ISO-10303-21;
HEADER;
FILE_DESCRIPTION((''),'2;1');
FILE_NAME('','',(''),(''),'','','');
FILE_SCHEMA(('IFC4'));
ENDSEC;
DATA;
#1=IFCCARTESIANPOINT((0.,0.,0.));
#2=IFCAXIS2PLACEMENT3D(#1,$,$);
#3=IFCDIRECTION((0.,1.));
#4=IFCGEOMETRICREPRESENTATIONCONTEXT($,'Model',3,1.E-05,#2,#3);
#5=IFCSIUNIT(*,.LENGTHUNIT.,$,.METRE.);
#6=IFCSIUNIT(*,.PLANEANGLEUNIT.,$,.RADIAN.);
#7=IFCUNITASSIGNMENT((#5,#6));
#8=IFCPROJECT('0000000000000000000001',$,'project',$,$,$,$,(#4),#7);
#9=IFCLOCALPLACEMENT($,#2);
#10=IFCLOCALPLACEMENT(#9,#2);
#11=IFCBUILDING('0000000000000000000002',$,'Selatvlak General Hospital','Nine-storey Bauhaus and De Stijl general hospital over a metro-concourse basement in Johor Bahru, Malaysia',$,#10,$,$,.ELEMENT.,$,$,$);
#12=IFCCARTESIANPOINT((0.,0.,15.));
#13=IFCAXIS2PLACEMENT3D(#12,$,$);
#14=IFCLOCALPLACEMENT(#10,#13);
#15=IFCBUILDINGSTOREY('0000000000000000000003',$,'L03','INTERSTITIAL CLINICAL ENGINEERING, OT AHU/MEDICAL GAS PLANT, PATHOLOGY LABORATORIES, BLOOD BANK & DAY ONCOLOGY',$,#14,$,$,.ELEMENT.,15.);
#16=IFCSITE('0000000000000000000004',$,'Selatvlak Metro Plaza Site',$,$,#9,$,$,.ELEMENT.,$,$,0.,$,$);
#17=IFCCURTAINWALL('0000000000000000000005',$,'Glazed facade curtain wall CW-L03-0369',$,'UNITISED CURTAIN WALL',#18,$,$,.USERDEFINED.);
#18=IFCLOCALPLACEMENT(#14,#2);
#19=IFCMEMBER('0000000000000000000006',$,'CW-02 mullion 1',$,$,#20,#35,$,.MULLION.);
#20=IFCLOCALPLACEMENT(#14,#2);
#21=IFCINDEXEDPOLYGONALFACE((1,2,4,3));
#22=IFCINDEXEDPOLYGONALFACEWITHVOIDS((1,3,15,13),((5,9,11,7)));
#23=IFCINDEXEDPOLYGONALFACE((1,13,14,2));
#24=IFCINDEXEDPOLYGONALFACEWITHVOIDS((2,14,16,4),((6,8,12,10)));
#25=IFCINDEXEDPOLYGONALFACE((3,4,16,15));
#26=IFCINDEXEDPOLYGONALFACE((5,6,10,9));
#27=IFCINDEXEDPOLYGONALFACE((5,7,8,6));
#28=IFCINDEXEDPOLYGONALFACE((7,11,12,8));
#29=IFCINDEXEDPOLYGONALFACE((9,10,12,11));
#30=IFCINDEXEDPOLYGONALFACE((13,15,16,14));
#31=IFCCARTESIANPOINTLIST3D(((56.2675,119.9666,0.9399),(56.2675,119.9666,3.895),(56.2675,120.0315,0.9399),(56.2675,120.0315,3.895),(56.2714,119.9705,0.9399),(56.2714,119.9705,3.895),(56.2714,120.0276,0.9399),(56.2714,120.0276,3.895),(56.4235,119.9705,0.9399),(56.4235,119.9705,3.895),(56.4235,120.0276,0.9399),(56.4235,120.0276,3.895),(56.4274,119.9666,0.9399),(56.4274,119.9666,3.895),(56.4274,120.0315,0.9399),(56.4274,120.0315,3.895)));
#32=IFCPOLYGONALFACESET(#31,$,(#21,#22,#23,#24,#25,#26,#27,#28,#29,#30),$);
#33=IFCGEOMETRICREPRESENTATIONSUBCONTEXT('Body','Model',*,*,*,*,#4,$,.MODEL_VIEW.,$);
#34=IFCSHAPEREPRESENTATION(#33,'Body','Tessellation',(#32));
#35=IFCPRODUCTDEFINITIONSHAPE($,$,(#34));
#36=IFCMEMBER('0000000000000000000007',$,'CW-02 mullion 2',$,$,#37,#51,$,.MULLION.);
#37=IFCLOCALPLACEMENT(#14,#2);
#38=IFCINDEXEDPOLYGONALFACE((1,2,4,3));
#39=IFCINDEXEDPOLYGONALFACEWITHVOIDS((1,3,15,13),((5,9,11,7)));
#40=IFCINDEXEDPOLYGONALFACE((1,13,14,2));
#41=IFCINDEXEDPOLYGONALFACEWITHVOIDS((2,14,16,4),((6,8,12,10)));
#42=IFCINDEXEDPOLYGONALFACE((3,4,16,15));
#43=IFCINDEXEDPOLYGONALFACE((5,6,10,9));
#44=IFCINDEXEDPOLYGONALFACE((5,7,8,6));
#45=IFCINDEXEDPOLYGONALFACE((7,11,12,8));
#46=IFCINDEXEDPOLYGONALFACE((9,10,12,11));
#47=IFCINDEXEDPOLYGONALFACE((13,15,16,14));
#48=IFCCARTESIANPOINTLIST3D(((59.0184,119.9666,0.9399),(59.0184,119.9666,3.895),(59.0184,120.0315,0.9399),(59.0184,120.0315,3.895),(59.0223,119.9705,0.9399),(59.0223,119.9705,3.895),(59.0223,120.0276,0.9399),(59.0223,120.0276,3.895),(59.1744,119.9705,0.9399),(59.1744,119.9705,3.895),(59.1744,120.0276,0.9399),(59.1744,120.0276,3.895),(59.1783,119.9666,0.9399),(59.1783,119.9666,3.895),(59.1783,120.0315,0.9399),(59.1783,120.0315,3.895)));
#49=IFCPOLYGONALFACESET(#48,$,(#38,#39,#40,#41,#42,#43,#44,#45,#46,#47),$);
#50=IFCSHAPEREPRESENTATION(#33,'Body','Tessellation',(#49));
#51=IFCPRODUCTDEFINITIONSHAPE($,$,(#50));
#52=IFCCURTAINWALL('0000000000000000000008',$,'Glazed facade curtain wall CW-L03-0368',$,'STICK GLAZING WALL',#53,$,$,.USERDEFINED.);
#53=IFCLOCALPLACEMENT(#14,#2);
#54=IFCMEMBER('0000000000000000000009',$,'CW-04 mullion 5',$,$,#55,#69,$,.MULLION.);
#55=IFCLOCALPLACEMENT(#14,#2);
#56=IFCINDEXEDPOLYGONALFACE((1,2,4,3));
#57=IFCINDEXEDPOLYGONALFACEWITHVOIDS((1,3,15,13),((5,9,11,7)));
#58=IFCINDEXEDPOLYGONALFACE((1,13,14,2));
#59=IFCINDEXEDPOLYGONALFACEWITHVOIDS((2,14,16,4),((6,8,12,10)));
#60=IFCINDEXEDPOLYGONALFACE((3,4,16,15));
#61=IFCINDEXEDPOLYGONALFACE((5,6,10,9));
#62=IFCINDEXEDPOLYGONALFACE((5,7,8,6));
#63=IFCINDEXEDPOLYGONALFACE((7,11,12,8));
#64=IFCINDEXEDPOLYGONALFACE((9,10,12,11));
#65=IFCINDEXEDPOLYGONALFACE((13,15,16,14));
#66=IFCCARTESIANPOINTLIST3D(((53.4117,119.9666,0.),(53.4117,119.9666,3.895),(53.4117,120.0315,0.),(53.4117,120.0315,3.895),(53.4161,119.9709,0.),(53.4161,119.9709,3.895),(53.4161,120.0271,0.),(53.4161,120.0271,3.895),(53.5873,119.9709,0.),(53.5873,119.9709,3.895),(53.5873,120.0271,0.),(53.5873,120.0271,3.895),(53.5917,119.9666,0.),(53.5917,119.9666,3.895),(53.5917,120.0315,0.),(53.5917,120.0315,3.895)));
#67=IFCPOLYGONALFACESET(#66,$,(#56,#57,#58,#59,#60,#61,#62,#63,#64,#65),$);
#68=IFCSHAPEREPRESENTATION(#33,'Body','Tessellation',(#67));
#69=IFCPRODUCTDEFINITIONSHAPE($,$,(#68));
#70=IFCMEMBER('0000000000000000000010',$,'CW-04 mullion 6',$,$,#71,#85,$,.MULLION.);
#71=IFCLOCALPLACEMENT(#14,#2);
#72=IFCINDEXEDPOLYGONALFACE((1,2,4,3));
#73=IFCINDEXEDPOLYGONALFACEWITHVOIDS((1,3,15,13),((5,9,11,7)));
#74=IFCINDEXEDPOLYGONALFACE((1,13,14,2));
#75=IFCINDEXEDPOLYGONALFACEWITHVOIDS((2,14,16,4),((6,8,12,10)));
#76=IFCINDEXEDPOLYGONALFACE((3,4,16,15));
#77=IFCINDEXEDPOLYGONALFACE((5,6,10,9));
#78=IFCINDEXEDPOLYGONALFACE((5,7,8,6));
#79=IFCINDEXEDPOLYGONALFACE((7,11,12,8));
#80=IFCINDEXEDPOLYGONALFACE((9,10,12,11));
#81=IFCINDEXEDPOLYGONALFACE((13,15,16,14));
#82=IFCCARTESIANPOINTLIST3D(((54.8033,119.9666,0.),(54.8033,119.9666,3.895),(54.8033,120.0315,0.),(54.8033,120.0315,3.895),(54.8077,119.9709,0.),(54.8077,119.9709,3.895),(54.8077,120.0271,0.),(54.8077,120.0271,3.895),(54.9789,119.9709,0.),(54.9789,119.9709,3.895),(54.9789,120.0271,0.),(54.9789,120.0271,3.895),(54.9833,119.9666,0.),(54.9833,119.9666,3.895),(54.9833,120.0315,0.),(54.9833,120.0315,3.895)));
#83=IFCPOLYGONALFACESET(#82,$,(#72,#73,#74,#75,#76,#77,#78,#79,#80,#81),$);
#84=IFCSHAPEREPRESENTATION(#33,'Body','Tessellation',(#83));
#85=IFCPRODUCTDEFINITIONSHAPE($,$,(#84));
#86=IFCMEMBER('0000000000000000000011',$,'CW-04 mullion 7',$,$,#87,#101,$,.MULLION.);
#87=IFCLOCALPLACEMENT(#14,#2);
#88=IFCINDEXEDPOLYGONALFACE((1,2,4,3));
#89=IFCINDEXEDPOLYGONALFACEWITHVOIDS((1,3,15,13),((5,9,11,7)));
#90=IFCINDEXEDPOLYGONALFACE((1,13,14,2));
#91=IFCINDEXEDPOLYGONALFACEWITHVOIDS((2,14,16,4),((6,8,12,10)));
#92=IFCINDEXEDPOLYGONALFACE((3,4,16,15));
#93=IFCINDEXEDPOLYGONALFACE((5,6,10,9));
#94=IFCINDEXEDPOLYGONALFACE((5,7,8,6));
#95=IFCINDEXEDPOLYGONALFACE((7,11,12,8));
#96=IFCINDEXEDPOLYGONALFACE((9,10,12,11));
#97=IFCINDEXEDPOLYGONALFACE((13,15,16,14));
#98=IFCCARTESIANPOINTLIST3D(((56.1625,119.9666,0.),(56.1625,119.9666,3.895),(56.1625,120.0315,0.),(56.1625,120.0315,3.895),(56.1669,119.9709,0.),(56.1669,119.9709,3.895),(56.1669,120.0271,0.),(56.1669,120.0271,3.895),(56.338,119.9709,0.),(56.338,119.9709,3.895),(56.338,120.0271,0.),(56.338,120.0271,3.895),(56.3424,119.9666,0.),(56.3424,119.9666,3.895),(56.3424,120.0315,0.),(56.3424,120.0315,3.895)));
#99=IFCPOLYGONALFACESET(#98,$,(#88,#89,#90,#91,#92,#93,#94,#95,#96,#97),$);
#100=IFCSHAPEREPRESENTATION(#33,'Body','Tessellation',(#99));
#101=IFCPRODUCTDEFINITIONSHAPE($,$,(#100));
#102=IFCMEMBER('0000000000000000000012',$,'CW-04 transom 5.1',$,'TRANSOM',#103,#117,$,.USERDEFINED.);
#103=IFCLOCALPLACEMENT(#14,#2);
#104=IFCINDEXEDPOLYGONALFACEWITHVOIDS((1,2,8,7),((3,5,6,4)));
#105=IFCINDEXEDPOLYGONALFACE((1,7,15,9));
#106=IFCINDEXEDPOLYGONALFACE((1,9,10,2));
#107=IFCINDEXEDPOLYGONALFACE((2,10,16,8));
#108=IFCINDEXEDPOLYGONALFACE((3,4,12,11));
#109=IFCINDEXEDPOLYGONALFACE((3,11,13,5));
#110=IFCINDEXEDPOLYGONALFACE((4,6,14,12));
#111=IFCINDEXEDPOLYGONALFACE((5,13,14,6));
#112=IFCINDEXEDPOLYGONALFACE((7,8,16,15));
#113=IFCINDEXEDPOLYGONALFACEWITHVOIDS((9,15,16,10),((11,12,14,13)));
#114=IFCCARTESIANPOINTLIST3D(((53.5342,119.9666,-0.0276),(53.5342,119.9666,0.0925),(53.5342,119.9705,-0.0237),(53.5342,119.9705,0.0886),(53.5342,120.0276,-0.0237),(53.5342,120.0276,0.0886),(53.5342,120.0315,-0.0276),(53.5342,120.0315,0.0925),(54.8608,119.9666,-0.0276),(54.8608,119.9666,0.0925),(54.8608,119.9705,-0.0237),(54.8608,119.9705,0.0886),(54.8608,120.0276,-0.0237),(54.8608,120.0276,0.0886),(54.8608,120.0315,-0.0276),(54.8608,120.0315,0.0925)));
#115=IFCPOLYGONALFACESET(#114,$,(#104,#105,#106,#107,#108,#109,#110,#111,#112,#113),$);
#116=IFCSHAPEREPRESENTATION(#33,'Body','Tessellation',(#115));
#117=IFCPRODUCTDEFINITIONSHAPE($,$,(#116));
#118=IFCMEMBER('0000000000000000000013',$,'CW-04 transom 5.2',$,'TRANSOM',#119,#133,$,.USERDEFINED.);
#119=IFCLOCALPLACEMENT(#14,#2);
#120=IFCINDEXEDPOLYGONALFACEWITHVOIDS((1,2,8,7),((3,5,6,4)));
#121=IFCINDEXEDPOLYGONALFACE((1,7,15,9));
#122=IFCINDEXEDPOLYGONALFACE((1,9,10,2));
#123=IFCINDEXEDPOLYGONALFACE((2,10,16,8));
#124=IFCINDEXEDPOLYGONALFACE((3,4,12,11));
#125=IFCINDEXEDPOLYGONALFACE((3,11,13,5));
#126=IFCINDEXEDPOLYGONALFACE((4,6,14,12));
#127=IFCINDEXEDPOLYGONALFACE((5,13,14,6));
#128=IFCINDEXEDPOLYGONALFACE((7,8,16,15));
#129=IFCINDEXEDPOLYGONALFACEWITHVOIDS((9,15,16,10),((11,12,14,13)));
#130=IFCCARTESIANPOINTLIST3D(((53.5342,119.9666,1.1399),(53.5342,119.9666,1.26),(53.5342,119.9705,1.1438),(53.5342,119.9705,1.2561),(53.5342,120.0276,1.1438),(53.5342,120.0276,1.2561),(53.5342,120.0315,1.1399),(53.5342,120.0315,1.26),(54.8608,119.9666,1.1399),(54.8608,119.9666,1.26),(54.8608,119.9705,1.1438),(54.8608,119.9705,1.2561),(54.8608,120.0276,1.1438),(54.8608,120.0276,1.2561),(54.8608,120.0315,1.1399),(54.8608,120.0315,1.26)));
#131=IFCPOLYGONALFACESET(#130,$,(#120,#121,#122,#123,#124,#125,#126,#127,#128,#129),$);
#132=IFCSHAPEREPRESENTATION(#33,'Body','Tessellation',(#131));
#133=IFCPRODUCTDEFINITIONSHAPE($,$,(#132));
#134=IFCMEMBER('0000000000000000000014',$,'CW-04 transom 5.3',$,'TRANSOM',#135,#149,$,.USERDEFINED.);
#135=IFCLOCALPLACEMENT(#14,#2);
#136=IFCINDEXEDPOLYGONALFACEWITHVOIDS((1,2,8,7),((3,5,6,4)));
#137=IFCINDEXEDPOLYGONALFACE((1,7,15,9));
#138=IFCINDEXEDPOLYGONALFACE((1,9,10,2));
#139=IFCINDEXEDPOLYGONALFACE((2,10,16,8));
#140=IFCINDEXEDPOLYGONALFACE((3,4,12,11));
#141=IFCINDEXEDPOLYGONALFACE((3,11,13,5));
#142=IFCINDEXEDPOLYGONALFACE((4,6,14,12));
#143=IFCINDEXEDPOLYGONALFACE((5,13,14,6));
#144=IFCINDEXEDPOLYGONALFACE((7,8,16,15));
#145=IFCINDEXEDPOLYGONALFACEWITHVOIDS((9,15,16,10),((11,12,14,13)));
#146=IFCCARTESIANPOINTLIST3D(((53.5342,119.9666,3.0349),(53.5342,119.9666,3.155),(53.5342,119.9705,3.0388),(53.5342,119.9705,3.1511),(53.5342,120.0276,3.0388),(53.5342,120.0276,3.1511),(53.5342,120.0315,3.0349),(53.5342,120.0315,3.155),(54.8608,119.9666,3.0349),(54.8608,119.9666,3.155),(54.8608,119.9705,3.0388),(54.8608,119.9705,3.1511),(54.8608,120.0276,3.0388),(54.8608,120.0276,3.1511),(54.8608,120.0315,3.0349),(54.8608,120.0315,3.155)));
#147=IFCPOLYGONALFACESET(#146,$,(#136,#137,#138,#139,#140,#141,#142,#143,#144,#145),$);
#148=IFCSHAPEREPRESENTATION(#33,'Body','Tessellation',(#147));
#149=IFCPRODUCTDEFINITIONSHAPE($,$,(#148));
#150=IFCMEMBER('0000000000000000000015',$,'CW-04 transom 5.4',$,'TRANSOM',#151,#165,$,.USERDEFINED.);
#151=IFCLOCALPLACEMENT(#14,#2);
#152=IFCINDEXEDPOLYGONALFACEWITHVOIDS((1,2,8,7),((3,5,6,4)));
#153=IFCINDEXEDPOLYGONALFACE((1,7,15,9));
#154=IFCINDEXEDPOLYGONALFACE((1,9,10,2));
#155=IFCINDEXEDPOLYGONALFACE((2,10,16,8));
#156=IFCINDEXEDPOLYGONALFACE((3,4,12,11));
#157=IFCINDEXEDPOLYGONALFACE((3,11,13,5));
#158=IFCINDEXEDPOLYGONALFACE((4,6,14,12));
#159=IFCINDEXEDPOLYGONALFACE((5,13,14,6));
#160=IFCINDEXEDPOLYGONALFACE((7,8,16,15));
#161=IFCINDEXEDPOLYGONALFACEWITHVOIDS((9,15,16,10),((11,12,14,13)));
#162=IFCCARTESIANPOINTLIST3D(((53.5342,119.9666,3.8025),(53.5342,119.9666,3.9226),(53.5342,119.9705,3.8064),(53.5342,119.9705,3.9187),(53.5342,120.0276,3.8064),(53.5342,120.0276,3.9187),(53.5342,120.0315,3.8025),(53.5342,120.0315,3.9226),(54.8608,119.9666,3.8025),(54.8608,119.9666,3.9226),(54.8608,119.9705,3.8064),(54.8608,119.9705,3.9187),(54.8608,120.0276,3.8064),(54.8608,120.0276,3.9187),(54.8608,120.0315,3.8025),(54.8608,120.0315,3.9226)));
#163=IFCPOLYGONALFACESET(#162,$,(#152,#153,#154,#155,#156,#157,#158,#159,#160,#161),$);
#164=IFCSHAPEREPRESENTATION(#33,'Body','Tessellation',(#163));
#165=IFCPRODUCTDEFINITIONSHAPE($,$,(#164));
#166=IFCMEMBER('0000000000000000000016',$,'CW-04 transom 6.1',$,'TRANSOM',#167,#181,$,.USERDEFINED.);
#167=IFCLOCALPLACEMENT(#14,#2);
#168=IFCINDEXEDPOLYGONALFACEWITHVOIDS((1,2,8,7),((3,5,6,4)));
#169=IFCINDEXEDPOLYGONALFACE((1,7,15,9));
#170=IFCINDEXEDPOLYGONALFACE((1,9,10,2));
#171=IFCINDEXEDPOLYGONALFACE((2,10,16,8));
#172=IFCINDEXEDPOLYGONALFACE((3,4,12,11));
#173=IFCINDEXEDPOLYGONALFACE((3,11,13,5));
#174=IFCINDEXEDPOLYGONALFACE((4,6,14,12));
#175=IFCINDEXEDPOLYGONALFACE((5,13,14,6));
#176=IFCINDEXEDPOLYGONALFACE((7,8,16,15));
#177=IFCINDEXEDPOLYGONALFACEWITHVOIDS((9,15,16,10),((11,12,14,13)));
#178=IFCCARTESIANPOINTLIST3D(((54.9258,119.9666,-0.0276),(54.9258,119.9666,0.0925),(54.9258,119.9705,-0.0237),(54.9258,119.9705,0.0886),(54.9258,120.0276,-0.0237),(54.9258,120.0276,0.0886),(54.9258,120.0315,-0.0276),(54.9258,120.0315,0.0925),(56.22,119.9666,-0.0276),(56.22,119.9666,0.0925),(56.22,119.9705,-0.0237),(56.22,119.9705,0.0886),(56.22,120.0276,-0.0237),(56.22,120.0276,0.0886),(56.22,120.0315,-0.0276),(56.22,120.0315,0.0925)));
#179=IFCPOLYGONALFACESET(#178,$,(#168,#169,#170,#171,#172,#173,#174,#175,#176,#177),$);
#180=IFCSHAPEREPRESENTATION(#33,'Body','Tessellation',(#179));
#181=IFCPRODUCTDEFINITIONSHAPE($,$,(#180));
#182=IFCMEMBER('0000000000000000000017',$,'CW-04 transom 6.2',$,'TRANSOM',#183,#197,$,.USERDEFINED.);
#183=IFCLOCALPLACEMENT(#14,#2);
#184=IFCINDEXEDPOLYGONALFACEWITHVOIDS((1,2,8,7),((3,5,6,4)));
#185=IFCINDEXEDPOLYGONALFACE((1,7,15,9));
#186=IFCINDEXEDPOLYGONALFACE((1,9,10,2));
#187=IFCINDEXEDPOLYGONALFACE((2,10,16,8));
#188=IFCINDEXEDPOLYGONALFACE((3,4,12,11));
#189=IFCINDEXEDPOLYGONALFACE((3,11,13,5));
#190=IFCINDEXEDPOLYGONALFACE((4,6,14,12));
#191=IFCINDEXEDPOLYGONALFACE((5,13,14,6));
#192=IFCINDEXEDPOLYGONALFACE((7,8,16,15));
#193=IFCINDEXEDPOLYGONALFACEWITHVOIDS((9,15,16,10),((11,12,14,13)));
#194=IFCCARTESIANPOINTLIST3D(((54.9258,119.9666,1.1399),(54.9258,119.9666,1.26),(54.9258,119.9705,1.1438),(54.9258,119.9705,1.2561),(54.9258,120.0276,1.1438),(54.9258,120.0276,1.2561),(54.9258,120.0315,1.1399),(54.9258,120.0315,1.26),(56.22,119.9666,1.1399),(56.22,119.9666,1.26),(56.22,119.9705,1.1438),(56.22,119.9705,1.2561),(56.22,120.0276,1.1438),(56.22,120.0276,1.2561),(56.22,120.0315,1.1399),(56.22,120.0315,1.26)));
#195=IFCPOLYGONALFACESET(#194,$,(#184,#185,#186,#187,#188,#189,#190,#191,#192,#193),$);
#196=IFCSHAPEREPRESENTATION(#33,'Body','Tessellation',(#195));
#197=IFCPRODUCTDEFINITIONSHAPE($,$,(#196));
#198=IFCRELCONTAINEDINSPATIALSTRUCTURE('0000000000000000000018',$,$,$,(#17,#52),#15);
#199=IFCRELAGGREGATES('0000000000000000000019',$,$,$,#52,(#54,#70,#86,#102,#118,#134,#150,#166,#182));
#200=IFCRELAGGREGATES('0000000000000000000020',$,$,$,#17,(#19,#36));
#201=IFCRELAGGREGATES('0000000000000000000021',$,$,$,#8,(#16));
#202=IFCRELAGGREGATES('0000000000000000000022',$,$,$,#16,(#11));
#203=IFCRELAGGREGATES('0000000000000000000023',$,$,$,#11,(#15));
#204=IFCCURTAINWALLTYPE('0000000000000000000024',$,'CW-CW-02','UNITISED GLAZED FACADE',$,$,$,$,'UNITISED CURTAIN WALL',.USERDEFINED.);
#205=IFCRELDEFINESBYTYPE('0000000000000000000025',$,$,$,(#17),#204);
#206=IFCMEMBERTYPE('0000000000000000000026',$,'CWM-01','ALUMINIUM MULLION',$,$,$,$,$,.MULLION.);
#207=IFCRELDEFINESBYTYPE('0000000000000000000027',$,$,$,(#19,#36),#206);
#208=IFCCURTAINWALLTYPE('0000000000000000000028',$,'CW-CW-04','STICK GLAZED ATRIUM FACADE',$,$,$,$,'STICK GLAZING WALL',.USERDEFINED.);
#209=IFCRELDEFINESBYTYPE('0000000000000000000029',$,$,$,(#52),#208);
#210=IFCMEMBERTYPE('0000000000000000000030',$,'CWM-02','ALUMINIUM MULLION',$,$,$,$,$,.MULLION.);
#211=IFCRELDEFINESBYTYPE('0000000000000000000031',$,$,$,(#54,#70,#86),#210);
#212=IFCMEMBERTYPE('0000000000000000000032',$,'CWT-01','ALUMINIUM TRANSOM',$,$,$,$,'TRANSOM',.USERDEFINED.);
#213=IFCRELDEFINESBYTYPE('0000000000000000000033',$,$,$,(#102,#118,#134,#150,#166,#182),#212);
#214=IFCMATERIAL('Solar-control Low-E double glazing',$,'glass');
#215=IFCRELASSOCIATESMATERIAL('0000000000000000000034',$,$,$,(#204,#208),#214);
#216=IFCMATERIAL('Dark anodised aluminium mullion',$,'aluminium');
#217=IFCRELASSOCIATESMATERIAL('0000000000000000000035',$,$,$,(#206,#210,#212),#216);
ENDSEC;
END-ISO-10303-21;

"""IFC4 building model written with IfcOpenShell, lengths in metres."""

from ifc_helpers import new_model, si_unit, direction, frame, origin, origin_2d, place, context, subcontext, project, spatial, hollow_rectangle, extrude, material, material_profile, profile_set, type_object, element, aggregate, save


model = new_model("IFC4")

# Units and contexts
model_context = context("Model", 3, precision=1e-05, world=origin(), true_north=direction((0.0, 1.0)))
body_context = subcontext(model_context, "Body", "Model", "MODEL_VIEW")
ifc_project = project(units=[si_unit("LENGTHUNIT", "METRE"), si_unit("PLANEANGLEUNIT", "RADIAN")], contexts=[model_context])

# Site, building, storey
site_placement = place(None, origin())
site = spatial("IfcSite", under=ifc_project, at=site_placement, Name="Selatvlak Metro Plaza Site", CompositionType="ELEMENT", RefElevation=0.0)
building_placement = place(site_placement, origin())
building = spatial("IfcBuilding", under=site, at=building_placement, Name="Selatvlak General Hospital", Description="Nine-storey Bauhaus and De Stijl general hospital over a metro-concourse basement in Johor Bahru, Malaysia", CompositionType="ELEMENT")
storey_placement = place(building_placement, frame((0.0, 0.0, 15.0)))
storey = spatial("IfcBuildingStorey", under=building, at=storey_placement, Name="L03", Description="INTERSTITIAL CLINICAL ENGINEERING, OT AHU/MEDICAL GAS PLANT, PATHOLOGY LABORATORIES, BLOOD BANK & DAY ONCOLOGY", CompositionType="ELEMENT", Elevation=15.0)

# Curtain walls, members
ifc_material_1 = material(Name="Solar-control Low-E double glazing", Category="glass")
curtain_wall_type_1 = type_object("IfcCurtainWallType", Name="CW-CW-02", Description="UNITISED GLAZED FACADE", ElementType="UNITISED CURTAIN WALL", PredefinedType="USERDEFINED", material=ifc_material_1)
curtain_wall_1_placement = place(storey_placement, origin())
curtain_wall_1 = element("IfcCurtainWall", 1, at=curtain_wall_1_placement, inside=storey, type_object=curtain_wall_type_1, Name="Glazed facade curtain wall CW-L03-0369", ObjectType="UNITISED CURTAIN WALL", PredefinedType="USERDEFINED")
ifc_material_2 = material(Name="Dark anodised aluminium mullion", Category="aluminium")
ifc_material_profile_1 = material_profile(ifc_material_2, hollow_rectangle(XDim=0.0649, YDim=0.1599, WallThickness=0.0039, at=origin_2d()), Name="AL-MUL 65x160x4")
ifc_profile_set_1 = profile_set([ifc_material_profile_1], Name="Dark anodised aluminium mullion")
member_type_1 = type_object("IfcMemberType", Name="CWM-01", Description="ALUMINIUM MULLION", PredefinedType="MULLION", material=ifc_profile_set_1)
member_1_placement = place(storey_placement, frame((56.3474, 119.999, 0.9399), z_axis=(0.0, 0.0, 1.0), x_axis=(0.0, 1.0, 0.0)))
member_1 = element("IfcMember", 2, at=member_1_placement, type_object=member_type_1, Name="CW-02 mullion 1", PredefinedType="MULLION", context=body_context, shape_type="SweptSolid", body=[
    extrude(hollow_rectangle(XDim=0.0649, YDim=0.1599, WallThickness=0.0039, at=origin_2d()), origin(), (0.0, 0.0, 1.0), 2.9551),
])
member_2_placement = place(storey_placement, frame((59.0984, 119.999, 0.9399), z_axis=(0.0, 0.0, 1.0), x_axis=(0.0, 1.0, 0.0)))
member_2 = element("IfcMember", 3, at=member_2_placement, type_object=member_type_1, Name="CW-02 mullion 2", PredefinedType="MULLION", context=body_context, shape_type="SweptSolid", body=[
    extrude(hollow_rectangle(XDim=0.0649, YDim=0.1599, WallThickness=0.0039, at=origin_2d()), origin(), (0.0, 0.0, 1.0), 2.9551),
])
curtain_wall_type_2 = type_object("IfcCurtainWallType", Name="CW-CW-04", Description="STICK GLAZED ATRIUM FACADE", ElementType="STICK GLAZING WALL", PredefinedType="USERDEFINED", material=ifc_material_1)
curtain_wall_2_placement = place(storey_placement, origin())
curtain_wall_2 = element("IfcCurtainWall", 4, at=curtain_wall_2_placement, inside=storey, type_object=curtain_wall_type_2, Name="Glazed facade curtain wall CW-L03-0368", ObjectType="STICK GLAZING WALL", PredefinedType="USERDEFINED")
ifc_material_profile_2 = material_profile(ifc_material_2, hollow_rectangle(XDim=0.0649, YDim=0.1799, WallThickness=0.0044, at=origin_2d()), Name="AL-MUL 65x180x4.5")
ifc_profile_set_2 = profile_set([ifc_material_profile_2], Name="Dark anodised aluminium mullion")
member_type_2 = type_object("IfcMemberType", Name="CWM-02", Description="ALUMINIUM MULLION", PredefinedType="MULLION", material=ifc_profile_set_2)
member_3_placement = place(storey_placement, frame((53.5017, 119.999, 0.0), z_axis=(0.0, 0.0, 1.0), x_axis=(0.0, 1.0, 0.0)))
member_3 = element("IfcMember", 5, at=member_3_placement, type_object=member_type_2, Name="CW-04 mullion 5", PredefinedType="MULLION", context=body_context, shape_type="SweptSolid", body=[
    extrude(hollow_rectangle(XDim=0.0649, YDim=0.1799, WallThickness=0.0044, at=origin_2d()), origin(), (0.0, 0.0, 1.0), 3.895),
])
member_4_placement = place(storey_placement, frame((54.8933, 119.999, 0.0), z_axis=(0.0, 0.0, 1.0), x_axis=(0.0, 1.0, 0.0)))
member_4 = element("IfcMember", 6, at=member_4_placement, type_object=member_type_2, Name="CW-04 mullion 6", PredefinedType="MULLION", context=body_context, shape_type="SweptSolid", body=[
    extrude(hollow_rectangle(XDim=0.0649, YDim=0.1799, WallThickness=0.0044, at=origin_2d()), origin(), (0.0, 0.0, 1.0), 3.895),
])
member_5_placement = place(storey_placement, frame((56.2524, 119.999, 0.0), z_axis=(0.0, 0.0, 1.0), x_axis=(0.0, 1.0, 0.0)))
member_5 = element("IfcMember", 7, at=member_5_placement, type_object=member_type_2, Name="CW-04 mullion 7", PredefinedType="MULLION", context=body_context, shape_type="SweptSolid", body=[
    extrude(hollow_rectangle(XDim=0.0649, YDim=0.1799, WallThickness=0.0044, at=origin_2d()), origin(), (0.0, 0.0, 1.0), 3.895),
])
ifc_material_profile_3 = material_profile(ifc_material_2, hollow_rectangle(XDim=0.0649, YDim=0.1201, WallThickness=0.0039, at=origin_2d()), Name="AL-TRN 65x120x4")
ifc_profile_set_3 = profile_set([ifc_material_profile_3], Name="Dark anodised aluminium mullion")
member_type_3 = type_object("IfcMemberType", Name="CWT-01", Description="ALUMINIUM TRANSOM", ElementType="TRANSOM", PredefinedType="USERDEFINED", material=ifc_profile_set_3)
member_6_placement = place(storey_placement, frame((53.5342, 119.999, 0.0325), z_axis=(1.0, 0.0, 0.0), x_axis=(0.0, 1.0, 0.0)))
member_6 = element("IfcMember", 8, at=member_6_placement, type_object=member_type_3, Name="CW-04 transom 5.1", ObjectType="TRANSOM", PredefinedType="USERDEFINED", context=body_context, shape_type="SweptSolid", body=[
    extrude(hollow_rectangle(XDim=0.0649, YDim=0.1201, WallThickness=0.0039, at=origin_2d()), origin(), (0.0, 0.0, 1.0), 1.3267),
])
member_7_placement = place(storey_placement, frame((53.5342, 119.999, 1.2), z_axis=(1.0, 0.0, 0.0), x_axis=(0.0, 1.0, 0.0)))
member_7 = element("IfcMember", 9, at=member_7_placement, type_object=member_type_3, Name="CW-04 transom 5.2", ObjectType="TRANSOM", PredefinedType="USERDEFINED", context=body_context, shape_type="SweptSolid", body=[
    extrude(hollow_rectangle(XDim=0.0649, YDim=0.1201, WallThickness=0.0039, at=origin_2d()), origin(), (0.0, 0.0, 1.0), 1.3267),
])
member_8_placement = place(storey_placement, frame((53.5342, 119.999, 3.095), z_axis=(1.0, 0.0, 0.0), x_axis=(0.0, 1.0, 0.0)))
member_8 = element("IfcMember", 10, at=member_8_placement, type_object=member_type_3, Name="CW-04 transom 5.3", ObjectType="TRANSOM", PredefinedType="USERDEFINED", context=body_context, shape_type="SweptSolid", body=[
    extrude(hollow_rectangle(XDim=0.0649, YDim=0.1201, WallThickness=0.0039, at=origin_2d()), origin(), (0.0, 0.0, 1.0), 1.3267),
])
member_9_placement = place(storey_placement, frame((53.5342, 119.999, 3.8625), z_axis=(1.0, 0.0, 0.0), x_axis=(0.0, 1.0, 0.0)))
member_9 = element("IfcMember", 11, at=member_9_placement, type_object=member_type_3, Name="CW-04 transom 5.4", ObjectType="TRANSOM", PredefinedType="USERDEFINED", context=body_context, shape_type="SweptSolid", body=[
    extrude(hollow_rectangle(XDim=0.0649, YDim=0.1201, WallThickness=0.0039, at=origin_2d()), origin(), (0.0, 0.0, 1.0), 1.3267),
])
member_10_placement = place(storey_placement, frame((54.9258, 119.999, 0.0325), z_axis=(1.0, 0.0, 0.0), x_axis=(0.0, 1.0, 0.0)))
member_10 = element("IfcMember", 12, at=member_10_placement, type_object=member_type_3, Name="CW-04 transom 6.1", ObjectType="TRANSOM", PredefinedType="USERDEFINED", context=body_context, shape_type="SweptSolid", body=[
    extrude(hollow_rectangle(XDim=0.0649, YDim=0.1201, WallThickness=0.0039, at=origin_2d()), origin(), (0.0, 0.0, 1.0), 1.2942),
])
member_11_placement = place(storey_placement, frame((54.9258, 119.999, 1.2), z_axis=(1.0, 0.0, 0.0), x_axis=(0.0, 1.0, 0.0)))
member_11 = element("IfcMember", 13, at=member_11_placement, type_object=member_type_3, Name="CW-04 transom 6.2", ObjectType="TRANSOM", PredefinedType="USERDEFINED", context=body_context, shape_type="SweptSolid", body=[
    extrude(hollow_rectangle(XDim=0.0649, YDim=0.1201, WallThickness=0.0039, at=origin_2d()), origin(), (0.0, 0.0, 1.0), 1.2942),
])

aggregate(curtain_wall_2, [member_3, member_4, member_5, member_6, member_7, member_8, member_9, member_10, member_11])
aggregate(curtain_wall_1, [member_1, member_2])

save(model, "model.ifc")
